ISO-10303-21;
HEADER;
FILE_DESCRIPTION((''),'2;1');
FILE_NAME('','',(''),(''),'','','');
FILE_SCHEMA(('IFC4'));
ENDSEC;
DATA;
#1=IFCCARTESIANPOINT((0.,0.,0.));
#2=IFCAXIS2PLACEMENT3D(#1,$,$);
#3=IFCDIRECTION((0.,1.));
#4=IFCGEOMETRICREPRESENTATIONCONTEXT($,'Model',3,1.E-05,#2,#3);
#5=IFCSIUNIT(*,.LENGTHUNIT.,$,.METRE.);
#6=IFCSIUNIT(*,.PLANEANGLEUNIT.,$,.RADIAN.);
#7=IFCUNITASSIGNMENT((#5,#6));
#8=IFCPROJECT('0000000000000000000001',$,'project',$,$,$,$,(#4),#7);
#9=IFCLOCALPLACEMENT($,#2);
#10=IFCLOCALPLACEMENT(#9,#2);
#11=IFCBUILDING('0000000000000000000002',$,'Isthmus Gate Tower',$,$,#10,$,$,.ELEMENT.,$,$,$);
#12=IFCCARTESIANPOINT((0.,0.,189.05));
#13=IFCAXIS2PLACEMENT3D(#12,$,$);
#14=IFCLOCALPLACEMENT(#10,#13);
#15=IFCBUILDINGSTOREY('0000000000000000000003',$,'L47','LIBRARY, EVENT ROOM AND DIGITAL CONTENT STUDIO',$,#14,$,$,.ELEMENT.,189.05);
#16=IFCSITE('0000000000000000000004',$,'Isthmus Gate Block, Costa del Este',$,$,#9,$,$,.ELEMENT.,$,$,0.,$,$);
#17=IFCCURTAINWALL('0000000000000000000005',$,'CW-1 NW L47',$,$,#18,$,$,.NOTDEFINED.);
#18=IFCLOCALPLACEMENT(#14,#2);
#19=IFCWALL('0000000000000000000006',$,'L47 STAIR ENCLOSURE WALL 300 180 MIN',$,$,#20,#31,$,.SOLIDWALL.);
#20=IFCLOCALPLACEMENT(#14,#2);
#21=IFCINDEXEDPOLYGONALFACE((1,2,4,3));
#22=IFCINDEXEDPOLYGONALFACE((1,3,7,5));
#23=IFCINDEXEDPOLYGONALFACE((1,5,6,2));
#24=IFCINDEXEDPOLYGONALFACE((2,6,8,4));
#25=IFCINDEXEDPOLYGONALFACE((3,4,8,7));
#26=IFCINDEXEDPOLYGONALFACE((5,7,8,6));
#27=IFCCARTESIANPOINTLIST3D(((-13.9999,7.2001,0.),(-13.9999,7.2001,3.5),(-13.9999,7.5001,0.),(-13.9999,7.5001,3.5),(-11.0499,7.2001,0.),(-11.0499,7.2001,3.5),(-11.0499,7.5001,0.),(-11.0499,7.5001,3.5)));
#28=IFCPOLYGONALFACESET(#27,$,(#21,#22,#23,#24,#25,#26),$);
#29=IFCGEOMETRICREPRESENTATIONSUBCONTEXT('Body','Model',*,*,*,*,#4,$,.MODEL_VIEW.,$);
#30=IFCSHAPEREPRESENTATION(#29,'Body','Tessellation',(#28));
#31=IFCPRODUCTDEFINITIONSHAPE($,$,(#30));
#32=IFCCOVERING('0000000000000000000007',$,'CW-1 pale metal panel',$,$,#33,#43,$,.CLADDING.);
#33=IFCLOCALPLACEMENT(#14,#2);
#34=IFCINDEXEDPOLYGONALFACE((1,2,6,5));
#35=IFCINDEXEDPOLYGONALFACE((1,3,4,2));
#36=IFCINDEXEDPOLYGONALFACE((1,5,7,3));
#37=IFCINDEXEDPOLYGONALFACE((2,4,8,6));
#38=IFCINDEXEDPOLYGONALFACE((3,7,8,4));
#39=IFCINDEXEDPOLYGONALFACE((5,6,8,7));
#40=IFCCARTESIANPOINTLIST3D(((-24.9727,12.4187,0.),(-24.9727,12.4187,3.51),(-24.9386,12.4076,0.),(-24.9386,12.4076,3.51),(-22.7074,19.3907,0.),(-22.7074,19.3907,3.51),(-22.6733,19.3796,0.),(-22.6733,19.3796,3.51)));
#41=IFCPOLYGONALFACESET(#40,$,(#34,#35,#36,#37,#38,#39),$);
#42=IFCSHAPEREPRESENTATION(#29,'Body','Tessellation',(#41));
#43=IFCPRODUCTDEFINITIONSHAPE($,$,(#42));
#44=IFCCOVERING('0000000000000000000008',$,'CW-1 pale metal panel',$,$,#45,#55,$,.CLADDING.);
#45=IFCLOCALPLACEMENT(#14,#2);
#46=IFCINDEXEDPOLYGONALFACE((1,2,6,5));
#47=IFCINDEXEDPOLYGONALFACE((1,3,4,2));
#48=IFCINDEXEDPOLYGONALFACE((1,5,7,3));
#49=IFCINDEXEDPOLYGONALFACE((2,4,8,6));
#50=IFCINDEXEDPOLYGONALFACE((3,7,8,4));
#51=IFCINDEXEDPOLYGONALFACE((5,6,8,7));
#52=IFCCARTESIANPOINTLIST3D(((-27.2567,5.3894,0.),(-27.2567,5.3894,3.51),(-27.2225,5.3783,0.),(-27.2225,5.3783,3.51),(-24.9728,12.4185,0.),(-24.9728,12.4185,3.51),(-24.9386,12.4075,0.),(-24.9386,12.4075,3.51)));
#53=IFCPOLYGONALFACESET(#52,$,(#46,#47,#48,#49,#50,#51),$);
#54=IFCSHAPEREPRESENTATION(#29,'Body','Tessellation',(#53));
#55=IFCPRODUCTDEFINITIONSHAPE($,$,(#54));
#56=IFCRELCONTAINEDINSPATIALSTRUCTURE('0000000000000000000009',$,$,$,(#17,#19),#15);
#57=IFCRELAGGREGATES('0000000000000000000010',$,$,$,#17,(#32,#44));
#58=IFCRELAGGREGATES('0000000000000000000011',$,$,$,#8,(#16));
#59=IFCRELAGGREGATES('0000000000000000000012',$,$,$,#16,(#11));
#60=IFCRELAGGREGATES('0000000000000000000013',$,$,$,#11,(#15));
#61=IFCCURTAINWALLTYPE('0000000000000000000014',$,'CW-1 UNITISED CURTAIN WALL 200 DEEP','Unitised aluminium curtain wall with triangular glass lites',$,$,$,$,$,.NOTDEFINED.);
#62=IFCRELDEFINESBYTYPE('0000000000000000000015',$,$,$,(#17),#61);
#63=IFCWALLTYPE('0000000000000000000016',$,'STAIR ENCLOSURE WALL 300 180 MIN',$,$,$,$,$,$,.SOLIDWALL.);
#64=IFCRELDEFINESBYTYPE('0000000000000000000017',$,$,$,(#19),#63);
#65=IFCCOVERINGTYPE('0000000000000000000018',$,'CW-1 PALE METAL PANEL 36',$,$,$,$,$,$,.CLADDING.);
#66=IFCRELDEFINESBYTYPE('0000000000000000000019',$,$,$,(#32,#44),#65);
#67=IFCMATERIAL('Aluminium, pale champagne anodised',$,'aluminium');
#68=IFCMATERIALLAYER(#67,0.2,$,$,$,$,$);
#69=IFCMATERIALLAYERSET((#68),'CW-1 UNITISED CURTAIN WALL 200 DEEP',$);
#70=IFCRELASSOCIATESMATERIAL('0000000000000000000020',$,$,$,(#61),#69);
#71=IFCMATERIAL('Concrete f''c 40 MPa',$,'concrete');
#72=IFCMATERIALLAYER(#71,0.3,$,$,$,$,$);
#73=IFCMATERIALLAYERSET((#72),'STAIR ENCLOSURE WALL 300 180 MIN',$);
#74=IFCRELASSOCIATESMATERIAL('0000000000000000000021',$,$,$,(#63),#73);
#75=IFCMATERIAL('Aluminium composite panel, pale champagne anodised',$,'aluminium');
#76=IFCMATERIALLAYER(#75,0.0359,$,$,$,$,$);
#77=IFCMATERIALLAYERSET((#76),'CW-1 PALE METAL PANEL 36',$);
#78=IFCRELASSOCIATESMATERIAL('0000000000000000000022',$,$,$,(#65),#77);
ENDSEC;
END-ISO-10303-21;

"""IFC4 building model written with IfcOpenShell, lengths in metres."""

from ifc_helpers import new_model, si_unit, direction, frame, frame_2d, origin, origin_2d, place, context, subcontext, project, spatial, rectangle, extrude, material, layer, layer_set, type_object, element, aggregate, save


model = new_model("IFC4")

# Units and contexts
model_context = context("Model", 3, precision=1e-05, world=origin(), true_north=direction((0.0, 1.0)))
body_context = subcontext(model_context, "Body", "Model", "MODEL_VIEW")
ifc_project = project(units=[si_unit("LENGTHUNIT", "METRE"), si_unit("PLANEANGLEUNIT", "RADIAN")], contexts=[model_context])

# Site, building, storey
site_placement = place(None, origin())
site = spatial("IfcSite", under=ifc_project, at=site_placement, Name="Isthmus Gate Block, Costa del Este", CompositionType="ELEMENT", RefElevation=0.0)
building_placement = place(site_placement, origin())
building = spatial("IfcBuilding", under=site, at=building_placement, Name="Isthmus Gate Tower", CompositionType="ELEMENT")
storey_placement = place(building_placement, frame((0.0, 0.0, 189.05)))
storey = spatial("IfcBuildingStorey", under=building, at=storey_placement, Name="L47", Description="LIBRARY, EVENT ROOM AND DIGITAL CONTENT STUDIO", CompositionType="ELEMENT", Elevation=189.05)

# Curtain wall
ifc_material_1 = material(Name="Aluminium, pale champagne anodised", Category="aluminium")
ifc_layer_1 = layer(ifc_material_1, 0.2)
ifc_layer_set_1 = layer_set([ifc_layer_1], Name="CW-1 UNITISED CURTAIN WALL 200 DEEP")
curtain_wall_type_1 = type_object("IfcCurtainWallType", Name="CW-1 UNITISED CURTAIN WALL 200 DEEP", Description="Unitised aluminium curtain wall with triangular glass lites", PredefinedType="NOTDEFINED", material=ifc_layer_set_1)
curtain_wall_1_placement = place(storey_placement, origin())
curtain_wall_1 = element("IfcCurtainWall", 1, at=curtain_wall_1_placement, inside=storey, type_object=curtain_wall_type_1, Name="CW-1 NW L47", PredefinedType="NOTDEFINED")

# Wall
ifc_material_2 = material(Name="Concrete f'c 40 MPa", Category="concrete")
ifc_layer_2 = layer(ifc_material_2, 0.3)
ifc_layer_set_2 = layer_set([ifc_layer_2], Name="STAIR ENCLOSURE WALL 300 180 MIN")
wall_type_1 = type_object("IfcWallType", Name="STAIR ENCLOSURE WALL 300 180 MIN", PredefinedType="SOLIDWALL", material=ifc_layer_set_2)
wall_1_placement = place(storey_placement, frame((-14.0, 7.3501, 0.0), z_axis=(0.0, 0.0, 1.0), x_axis=(1.0, 0.0, 0.0)))
element("IfcWall", 2, at=wall_1_placement, inside=storey, type_object=wall_type_1, Name="L47 STAIR ENCLOSURE WALL 300 180 MIN", PredefinedType="SOLIDWALL", context=body_context, shape_type="SweptSolid", body=[
    extrude(rectangle(XDim=2.95, YDim=0.3, at=frame_2d((1.4751, 0.0))), origin(), (0.0, 0.0, 1.0), 3.5),
])

# Coverings
ifc_material_3 = material(Name="Aluminium composite panel, pale champagne anodised", Category="aluminium")
ifc_layer_3 = layer(ifc_material_3, 0.0359)
ifc_layer_set_3 = layer_set([ifc_layer_3], Name="CW-1 PALE METAL PANEL 36")
covering_type = type_object("IfcCoveringType", Name="CW-1 PALE METAL PANEL 36", PredefinedType="CLADDING", material=ifc_layer_set_3)
covering_1_placement = place(storey_placement, frame((-23.823, 15.8992, 0.0), z_axis=(0.0, 0.0, 1.0), x_axis=(-0.309017, -0.951057, 0.0)))
covering_1 = element("IfcCovering", 3, at=covering_1_placement, type_object=covering_type, Name="CW-1 pale metal panel", PredefinedType="CLADDING", context=body_context, shape_type="SweptSolid", body=[
    extrude(rectangle(XDim=7.3308, YDim=0.0359, at=origin_2d()), origin(), (0.0, 0.0, 1.0), 3.51),
])
covering_2_placement = place(storey_placement, frame((-26.0977, 8.8984, 0.0), z_axis=(0.0, 0.0, 1.0), x_axis=(-0.309017, -0.951057, 0.0)))
covering_2 = element("IfcCovering", 4, at=covering_2_placement, type_object=covering_type, Name="CW-1 pale metal panel", PredefinedType="CLADDING", context=body_context, shape_type="SweptSolid", body=[
    extrude(rectangle(XDim=7.3909, YDim=0.0359, at=origin_2d()), origin(), (0.0, 0.0, 1.0), 3.51),
])
aggregate(curtain_wall_1, [covering_1, covering_2])

save(model, "model.ifc")
